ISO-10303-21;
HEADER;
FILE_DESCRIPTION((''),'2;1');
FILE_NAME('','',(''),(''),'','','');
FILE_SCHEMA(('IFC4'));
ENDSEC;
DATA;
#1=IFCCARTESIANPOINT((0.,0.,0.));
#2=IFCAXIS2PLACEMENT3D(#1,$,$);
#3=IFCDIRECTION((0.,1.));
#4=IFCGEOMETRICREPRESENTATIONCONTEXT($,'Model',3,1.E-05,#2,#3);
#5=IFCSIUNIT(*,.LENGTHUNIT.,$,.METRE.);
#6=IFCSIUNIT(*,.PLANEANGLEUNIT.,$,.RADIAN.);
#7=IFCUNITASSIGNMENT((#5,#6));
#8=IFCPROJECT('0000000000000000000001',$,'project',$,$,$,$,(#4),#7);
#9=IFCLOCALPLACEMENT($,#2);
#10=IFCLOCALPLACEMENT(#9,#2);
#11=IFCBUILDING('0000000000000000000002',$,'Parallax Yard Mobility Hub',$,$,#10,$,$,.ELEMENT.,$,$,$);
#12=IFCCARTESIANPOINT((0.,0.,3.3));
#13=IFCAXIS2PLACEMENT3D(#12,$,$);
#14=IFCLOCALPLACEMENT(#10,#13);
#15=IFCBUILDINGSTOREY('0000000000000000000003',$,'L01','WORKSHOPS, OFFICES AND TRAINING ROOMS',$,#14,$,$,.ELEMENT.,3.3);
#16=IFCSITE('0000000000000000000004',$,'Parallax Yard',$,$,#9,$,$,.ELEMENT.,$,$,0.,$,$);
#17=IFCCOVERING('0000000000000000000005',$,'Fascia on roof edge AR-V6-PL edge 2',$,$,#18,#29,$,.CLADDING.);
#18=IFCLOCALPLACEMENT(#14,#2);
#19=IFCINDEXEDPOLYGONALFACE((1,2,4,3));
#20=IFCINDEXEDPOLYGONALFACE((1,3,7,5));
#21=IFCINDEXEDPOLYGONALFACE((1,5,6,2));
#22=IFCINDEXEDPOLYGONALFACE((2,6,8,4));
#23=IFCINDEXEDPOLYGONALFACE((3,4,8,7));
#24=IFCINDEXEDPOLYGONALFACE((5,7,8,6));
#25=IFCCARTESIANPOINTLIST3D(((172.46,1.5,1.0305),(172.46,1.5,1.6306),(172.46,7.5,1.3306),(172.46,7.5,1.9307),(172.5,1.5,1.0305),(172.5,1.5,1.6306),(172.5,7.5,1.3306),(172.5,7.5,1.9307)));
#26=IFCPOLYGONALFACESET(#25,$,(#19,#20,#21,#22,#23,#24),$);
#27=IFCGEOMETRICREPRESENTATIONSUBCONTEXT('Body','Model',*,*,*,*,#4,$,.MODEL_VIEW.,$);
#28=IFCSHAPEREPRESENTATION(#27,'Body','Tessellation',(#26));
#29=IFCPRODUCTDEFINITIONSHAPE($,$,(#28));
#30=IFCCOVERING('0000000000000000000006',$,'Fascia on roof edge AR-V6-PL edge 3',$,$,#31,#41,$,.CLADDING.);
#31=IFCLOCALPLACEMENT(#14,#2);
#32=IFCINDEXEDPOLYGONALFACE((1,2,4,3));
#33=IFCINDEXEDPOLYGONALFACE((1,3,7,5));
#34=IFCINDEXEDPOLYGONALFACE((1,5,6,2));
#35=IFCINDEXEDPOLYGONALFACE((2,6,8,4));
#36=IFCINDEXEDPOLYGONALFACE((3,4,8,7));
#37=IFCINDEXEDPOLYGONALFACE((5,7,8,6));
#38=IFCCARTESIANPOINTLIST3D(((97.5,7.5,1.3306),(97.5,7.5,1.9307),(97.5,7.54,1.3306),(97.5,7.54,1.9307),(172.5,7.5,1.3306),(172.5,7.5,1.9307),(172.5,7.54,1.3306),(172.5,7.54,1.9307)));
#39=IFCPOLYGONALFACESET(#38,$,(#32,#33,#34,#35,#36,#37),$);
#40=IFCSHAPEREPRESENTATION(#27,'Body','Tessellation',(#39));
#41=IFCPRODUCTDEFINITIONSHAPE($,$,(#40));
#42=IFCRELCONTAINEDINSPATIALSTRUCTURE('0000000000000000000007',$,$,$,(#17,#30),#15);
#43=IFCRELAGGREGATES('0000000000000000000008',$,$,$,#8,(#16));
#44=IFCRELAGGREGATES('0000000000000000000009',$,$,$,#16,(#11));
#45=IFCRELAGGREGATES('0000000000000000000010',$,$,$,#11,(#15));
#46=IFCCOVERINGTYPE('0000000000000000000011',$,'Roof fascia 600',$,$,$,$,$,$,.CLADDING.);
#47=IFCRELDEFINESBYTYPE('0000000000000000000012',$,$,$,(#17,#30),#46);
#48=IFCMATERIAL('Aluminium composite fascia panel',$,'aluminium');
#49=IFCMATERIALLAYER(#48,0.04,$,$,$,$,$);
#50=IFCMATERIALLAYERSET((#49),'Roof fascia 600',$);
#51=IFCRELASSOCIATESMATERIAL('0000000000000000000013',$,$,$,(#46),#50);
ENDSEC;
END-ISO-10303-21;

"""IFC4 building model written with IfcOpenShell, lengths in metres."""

from ifc_helpers import new_model, si_unit, direction, frame, origin, place, context, subcontext, project, spatial, polyline, outline, extrude, material, layer, layer_set, type_object, element, save


model = new_model("IFC4")

# Units and contexts
model_context = context("Model", 3, precision=1e-05, world=origin(), true_north=direction((0.0, 1.0)))
body_context = subcontext(model_context, "Body", "Model", "MODEL_VIEW")
ifc_project = project(units=[si_unit("LENGTHUNIT", "METRE"), si_unit("PLANEANGLEUNIT", "RADIAN")], contexts=[model_context])

# Site, building, storey
site_placement = place(None, origin())
site = spatial("IfcSite", under=ifc_project, at=site_placement, Name="Parallax Yard", CompositionType="ELEMENT", RefElevation=0.0)
building_placement = place(site_placement, origin())
building = spatial("IfcBuilding", under=site, at=building_placement, Name="Parallax Yard Mobility Hub", CompositionType="ELEMENT")
storey_placement = place(building_placement, frame((0.0, 0.0, 3.3)))
storey = spatial("IfcBuildingStorey", under=building, at=storey_placement, Name="L01", Description="WORKSHOPS, OFFICES AND TRAINING ROOMS", CompositionType="ELEMENT", Elevation=3.3)

# Coverings
ifc_material_1 = material(Name="Aluminium composite fascia panel", Category="aluminium")
ifc_layer_1 = layer(ifc_material_1, 0.04)
ifc_layer_set_1 = layer_set([ifc_layer_1], Name="Roof fascia 600")
covering_type = type_object("IfcCoveringType", Name="Roof fascia 600", PredefinedType="CLADDING", material=ifc_layer_set_1)
covering_1_placement = place(storey_placement, frame((172.46, 1.5, 1.6306), z_axis=(-1.0, 0.0, 0.0), x_axis=(0.0, 0.998752, 0.049946)))
element("IfcCovering", 1, at=covering_1_placement, inside=storey, type_object=covering_type, Name="Fascia on roof edge AR-V6-PL edge 2", PredefinedType="CLADDING", context=body_context, shape_type="SweptSolid", body=[
    extrude(outline(polyline([(0.0, 0.0), (6.0075, 0.0), (5.9775, 0.5993), (-0.03, 0.5993), (0.0, 0.0)])), origin(), (0.0, 0.0, -1.0), 0.04),
])
covering_2_placement = place(storey_placement, frame((172.5, 7.5, 1.9307), z_axis=(0.0, -1.0, 0.0), x_axis=(-1.0, 0.0, 0.0)))
element("IfcCovering", 2, at=covering_2_placement, inside=storey, type_object=covering_type, Name="Fascia on roof edge AR-V6-PL edge 3", PredefinedType="CLADDING", context=body_context, shape_type="SweptSolid", body=[
    extrude(outline(polyline([(0.0, 0.0), (75.0, 0.0), (75.0, 0.6001), (0.0, 0.6001), (0.0, 0.0)])), origin(), (0.0, 0.0, -1.0), 0.04),
])

save(model, "model.ifc")
